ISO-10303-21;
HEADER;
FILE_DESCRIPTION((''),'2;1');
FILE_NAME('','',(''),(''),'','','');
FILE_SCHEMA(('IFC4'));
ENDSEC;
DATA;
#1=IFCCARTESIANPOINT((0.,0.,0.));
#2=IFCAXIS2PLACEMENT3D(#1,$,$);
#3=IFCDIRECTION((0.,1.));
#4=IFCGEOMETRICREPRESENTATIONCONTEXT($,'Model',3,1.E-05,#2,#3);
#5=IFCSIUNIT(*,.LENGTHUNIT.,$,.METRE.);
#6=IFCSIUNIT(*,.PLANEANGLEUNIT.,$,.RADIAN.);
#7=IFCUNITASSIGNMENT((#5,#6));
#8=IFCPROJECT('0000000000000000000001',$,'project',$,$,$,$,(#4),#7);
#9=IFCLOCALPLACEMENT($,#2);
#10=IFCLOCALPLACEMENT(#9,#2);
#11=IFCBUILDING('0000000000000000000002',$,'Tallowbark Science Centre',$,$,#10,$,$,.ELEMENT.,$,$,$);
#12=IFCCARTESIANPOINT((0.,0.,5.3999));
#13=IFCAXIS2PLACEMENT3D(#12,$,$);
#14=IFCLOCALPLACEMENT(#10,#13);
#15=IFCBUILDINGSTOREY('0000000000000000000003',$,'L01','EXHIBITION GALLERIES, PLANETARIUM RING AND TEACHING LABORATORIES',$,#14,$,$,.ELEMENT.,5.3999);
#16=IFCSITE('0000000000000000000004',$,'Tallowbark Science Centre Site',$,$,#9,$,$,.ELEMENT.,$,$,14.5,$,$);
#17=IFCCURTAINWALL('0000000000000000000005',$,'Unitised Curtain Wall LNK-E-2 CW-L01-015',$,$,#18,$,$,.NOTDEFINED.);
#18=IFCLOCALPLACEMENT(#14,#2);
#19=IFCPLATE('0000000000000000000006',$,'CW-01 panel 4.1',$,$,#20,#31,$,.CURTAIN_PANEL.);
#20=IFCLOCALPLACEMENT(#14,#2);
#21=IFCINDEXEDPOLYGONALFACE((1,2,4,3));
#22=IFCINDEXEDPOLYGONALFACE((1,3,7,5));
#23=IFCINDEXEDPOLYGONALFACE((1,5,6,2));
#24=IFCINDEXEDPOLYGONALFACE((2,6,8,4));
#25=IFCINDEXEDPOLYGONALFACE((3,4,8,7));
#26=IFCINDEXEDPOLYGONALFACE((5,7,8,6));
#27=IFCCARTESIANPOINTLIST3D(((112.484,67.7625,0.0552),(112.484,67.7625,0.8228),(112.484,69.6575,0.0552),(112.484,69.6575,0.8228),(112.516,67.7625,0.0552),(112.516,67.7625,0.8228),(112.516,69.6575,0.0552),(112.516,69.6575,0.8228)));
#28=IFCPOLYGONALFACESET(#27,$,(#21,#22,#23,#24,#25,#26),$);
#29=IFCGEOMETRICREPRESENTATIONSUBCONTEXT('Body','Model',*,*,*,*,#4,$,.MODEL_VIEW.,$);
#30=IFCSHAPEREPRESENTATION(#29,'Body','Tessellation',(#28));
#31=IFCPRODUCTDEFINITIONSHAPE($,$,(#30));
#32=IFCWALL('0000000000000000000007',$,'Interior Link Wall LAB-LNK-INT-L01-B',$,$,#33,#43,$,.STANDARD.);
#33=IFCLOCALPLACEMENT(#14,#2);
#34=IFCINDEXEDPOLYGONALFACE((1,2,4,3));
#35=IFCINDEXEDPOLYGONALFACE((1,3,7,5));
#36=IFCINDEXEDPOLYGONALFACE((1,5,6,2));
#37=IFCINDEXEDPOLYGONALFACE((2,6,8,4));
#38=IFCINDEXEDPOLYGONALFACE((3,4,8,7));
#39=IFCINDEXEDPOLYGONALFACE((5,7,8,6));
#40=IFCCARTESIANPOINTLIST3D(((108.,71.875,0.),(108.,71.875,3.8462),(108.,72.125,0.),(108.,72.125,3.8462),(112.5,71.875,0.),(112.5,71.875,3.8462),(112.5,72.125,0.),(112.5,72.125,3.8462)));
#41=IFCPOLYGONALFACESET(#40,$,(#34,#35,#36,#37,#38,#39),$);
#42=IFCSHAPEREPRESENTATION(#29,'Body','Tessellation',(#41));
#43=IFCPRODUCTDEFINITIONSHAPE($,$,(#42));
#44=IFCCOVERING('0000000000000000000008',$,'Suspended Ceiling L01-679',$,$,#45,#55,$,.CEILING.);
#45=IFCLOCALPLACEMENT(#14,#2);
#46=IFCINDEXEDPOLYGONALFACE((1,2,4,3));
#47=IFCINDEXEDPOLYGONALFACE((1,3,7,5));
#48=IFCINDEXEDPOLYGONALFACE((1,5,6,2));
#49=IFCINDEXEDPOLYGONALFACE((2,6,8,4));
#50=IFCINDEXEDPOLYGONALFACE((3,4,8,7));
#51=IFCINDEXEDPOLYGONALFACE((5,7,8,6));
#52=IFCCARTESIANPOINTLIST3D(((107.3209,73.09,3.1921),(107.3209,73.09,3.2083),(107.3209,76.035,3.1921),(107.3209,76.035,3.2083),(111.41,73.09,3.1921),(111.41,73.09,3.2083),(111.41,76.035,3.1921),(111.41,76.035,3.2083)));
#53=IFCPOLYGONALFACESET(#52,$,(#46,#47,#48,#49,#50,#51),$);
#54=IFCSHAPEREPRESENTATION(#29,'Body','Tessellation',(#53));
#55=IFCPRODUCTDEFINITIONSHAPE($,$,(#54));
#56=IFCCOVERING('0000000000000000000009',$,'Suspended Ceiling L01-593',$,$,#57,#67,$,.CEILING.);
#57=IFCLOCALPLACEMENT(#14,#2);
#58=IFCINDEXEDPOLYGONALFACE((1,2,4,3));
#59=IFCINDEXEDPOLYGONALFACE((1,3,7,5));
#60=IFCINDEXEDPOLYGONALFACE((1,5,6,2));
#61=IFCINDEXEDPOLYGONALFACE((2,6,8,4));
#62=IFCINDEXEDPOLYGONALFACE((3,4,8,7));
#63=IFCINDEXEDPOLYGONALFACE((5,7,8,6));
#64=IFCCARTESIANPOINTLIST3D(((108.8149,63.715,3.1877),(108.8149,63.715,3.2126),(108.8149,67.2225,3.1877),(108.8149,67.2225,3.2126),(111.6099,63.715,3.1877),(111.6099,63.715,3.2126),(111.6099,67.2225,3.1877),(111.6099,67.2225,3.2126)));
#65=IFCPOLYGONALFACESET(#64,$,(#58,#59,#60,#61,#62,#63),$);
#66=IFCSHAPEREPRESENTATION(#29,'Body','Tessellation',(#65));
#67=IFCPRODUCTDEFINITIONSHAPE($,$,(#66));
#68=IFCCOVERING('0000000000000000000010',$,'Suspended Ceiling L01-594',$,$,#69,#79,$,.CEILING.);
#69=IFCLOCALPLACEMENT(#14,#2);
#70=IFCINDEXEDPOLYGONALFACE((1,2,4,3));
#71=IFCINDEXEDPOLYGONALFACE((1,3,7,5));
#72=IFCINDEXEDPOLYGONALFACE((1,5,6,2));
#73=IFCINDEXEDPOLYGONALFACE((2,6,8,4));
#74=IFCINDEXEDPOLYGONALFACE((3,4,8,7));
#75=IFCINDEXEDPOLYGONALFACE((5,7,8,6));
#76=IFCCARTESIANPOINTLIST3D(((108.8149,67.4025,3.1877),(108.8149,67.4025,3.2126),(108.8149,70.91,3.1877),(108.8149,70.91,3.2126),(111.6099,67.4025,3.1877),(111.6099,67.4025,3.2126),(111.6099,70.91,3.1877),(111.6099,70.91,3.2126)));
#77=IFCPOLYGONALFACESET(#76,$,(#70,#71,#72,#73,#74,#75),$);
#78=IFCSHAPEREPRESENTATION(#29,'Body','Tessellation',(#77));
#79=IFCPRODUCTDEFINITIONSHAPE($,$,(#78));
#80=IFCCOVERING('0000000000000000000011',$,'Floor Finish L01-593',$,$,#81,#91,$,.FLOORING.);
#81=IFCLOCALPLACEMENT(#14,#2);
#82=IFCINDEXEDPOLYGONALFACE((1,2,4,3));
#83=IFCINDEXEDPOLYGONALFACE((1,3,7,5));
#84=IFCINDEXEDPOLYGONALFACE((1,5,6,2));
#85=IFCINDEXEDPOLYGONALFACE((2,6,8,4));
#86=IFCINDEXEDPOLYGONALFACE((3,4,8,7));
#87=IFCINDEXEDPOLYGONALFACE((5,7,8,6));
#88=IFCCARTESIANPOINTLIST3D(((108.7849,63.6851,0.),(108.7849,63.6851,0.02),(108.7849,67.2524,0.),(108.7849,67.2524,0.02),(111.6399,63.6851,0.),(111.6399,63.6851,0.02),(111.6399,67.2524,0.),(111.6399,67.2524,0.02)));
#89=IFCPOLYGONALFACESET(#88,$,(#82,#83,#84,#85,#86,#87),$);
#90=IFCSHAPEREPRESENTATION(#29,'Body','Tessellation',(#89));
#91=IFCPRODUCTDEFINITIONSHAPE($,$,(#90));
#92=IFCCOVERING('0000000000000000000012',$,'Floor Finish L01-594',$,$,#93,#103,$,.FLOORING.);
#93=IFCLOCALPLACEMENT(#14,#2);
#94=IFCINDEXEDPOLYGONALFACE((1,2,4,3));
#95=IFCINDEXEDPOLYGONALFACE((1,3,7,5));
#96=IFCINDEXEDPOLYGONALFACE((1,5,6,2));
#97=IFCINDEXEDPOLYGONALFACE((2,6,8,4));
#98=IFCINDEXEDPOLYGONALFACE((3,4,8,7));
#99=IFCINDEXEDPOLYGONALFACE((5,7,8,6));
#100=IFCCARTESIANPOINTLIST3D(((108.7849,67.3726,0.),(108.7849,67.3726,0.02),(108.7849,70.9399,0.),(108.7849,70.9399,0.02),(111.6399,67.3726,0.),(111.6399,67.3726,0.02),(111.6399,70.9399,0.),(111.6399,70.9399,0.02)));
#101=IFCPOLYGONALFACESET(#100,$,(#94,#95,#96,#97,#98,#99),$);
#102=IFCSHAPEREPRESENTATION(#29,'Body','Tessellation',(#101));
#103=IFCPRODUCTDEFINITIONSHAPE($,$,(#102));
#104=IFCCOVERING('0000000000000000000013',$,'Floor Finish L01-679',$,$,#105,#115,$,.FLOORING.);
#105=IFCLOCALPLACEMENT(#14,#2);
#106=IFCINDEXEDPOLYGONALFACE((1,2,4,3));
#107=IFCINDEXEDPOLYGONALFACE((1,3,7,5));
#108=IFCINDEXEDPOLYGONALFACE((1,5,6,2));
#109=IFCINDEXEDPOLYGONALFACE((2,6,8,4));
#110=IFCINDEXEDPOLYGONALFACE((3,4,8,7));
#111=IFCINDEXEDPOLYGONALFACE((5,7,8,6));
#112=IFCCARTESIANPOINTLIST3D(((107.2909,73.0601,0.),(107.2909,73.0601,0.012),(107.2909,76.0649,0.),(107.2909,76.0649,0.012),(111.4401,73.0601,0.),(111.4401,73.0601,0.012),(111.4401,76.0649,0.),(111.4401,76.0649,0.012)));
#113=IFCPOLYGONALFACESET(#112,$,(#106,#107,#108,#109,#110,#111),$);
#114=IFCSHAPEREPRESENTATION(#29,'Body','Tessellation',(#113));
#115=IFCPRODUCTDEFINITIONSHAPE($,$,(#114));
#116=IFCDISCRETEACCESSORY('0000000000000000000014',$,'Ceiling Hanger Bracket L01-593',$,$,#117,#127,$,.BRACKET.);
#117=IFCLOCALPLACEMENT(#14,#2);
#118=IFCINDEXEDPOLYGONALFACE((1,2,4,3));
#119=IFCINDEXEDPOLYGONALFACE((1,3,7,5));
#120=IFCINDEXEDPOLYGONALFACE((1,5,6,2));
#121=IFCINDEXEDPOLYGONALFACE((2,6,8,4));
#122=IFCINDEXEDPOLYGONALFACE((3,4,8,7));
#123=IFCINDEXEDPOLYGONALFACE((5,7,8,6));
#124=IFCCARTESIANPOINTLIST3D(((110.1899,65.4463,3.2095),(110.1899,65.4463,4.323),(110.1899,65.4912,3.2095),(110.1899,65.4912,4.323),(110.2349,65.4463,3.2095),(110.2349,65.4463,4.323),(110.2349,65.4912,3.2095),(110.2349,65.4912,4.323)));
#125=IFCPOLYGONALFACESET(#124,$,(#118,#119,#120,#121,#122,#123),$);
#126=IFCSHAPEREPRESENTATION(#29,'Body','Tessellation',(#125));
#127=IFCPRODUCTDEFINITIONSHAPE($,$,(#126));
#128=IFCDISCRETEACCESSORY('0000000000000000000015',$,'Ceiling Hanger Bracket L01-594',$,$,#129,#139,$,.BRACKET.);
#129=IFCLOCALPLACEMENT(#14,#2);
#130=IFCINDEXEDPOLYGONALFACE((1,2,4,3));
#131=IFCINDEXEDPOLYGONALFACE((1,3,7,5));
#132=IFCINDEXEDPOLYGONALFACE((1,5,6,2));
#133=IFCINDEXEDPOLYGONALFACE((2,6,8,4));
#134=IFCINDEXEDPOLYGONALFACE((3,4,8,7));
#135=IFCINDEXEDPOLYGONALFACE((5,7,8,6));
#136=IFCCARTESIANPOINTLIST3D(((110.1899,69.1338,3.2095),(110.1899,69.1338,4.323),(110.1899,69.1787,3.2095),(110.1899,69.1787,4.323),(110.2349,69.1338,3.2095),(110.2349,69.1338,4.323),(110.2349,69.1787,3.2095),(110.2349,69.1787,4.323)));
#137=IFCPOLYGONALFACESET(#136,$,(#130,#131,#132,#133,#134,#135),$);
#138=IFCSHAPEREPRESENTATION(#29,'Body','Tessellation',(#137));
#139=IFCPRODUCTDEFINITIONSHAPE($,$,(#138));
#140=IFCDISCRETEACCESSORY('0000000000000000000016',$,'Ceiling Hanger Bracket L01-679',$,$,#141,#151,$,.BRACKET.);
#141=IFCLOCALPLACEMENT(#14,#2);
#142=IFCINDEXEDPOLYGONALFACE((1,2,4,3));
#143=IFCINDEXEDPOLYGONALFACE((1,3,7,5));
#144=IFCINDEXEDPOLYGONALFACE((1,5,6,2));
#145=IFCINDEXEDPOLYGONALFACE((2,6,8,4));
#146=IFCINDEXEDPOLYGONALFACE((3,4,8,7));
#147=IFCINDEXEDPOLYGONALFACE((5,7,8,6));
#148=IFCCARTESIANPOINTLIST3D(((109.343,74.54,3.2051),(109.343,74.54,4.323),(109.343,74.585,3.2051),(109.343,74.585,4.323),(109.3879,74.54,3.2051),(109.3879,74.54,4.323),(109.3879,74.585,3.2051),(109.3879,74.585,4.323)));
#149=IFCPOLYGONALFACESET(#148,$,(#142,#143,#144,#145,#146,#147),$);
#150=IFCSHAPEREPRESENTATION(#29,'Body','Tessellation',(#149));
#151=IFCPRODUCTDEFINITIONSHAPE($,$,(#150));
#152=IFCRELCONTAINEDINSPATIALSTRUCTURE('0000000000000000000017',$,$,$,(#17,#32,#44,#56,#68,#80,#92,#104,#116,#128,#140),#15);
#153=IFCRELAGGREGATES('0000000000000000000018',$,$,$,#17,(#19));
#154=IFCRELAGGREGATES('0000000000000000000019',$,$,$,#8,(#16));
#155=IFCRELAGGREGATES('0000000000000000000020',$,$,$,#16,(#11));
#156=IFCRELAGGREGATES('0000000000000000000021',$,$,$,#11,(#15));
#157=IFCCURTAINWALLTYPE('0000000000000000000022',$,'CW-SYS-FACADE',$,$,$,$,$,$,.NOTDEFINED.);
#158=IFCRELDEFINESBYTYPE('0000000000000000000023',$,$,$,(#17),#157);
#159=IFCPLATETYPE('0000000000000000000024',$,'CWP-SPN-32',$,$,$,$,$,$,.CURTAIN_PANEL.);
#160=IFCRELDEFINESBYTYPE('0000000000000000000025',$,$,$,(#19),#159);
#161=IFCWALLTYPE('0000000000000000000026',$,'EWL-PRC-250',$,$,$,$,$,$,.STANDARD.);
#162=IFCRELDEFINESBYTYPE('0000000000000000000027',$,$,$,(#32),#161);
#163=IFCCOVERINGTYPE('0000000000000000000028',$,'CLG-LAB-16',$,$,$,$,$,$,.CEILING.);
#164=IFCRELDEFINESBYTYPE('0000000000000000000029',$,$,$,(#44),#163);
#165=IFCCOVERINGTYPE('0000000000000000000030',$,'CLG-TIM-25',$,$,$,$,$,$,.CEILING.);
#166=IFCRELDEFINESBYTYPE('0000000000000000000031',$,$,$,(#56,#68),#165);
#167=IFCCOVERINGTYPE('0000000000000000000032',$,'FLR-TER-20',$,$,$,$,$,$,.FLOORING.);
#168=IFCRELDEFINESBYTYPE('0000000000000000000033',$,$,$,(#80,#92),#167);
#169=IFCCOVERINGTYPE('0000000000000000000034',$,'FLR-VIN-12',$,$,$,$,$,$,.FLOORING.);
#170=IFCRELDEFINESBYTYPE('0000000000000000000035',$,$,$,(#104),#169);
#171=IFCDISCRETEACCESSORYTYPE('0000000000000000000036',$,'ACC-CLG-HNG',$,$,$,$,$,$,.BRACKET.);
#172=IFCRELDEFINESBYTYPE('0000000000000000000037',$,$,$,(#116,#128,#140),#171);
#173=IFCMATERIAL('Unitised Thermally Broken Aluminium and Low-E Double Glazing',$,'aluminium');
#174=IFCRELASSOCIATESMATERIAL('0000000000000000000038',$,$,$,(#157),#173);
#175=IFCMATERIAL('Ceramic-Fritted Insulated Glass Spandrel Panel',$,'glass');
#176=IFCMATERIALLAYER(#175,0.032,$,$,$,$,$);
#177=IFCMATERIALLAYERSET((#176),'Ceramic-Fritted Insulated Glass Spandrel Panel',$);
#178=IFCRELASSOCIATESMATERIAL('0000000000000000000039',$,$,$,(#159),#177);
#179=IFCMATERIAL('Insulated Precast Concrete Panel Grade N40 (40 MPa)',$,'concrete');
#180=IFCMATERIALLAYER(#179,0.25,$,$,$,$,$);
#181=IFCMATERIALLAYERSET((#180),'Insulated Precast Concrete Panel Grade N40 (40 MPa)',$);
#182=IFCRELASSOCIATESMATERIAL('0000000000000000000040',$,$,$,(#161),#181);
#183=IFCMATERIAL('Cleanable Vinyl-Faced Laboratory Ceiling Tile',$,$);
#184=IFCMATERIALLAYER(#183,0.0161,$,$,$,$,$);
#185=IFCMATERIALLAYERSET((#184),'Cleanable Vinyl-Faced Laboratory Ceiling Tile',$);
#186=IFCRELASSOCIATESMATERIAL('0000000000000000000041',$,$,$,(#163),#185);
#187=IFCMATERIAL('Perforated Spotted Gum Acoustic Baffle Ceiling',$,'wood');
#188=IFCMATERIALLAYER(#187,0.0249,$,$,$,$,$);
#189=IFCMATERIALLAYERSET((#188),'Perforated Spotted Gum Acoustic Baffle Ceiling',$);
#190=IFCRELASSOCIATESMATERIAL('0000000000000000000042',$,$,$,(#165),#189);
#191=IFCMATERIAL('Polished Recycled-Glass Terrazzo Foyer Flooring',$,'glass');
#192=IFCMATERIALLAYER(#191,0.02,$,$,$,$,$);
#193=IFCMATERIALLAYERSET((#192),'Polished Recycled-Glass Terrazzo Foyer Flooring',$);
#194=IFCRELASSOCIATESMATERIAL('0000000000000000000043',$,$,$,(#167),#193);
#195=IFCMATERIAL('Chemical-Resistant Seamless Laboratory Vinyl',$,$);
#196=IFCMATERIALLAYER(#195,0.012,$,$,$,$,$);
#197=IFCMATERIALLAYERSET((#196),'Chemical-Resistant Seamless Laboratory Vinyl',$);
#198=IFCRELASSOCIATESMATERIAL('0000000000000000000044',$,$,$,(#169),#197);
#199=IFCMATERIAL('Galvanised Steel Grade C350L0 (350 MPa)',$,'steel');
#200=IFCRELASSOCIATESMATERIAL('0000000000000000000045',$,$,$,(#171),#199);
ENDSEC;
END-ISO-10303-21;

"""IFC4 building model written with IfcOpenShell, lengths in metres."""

from ifc_helpers import new_model, si_unit, direction, frame, frame_2d, origin, origin_2d, place, context, subcontext, project, spatial, rectangle, extrude, material, layer, layer_set, type_object, element, aggregate, save


model = new_model("IFC4")

# Units and contexts
model_context = context("Model", 3, precision=1e-05, world=origin(), true_north=direction((0.0, 1.0)))
body_context = subcontext(model_context, "Body", "Model", "MODEL_VIEW")
ifc_project = project(units=[si_unit("LENGTHUNIT", "METRE"), si_unit("PLANEANGLEUNIT", "RADIAN")], contexts=[model_context])

# Site, building, storey
site_placement = place(None, origin())
site = spatial("IfcSite", under=ifc_project, at=site_placement, Name="Tallowbark Science Centre Site", CompositionType="ELEMENT", RefElevation=14.5)
building_placement = place(site_placement, origin())
building = spatial("IfcBuilding", under=site, at=building_placement, Name="Tallowbark Science Centre", CompositionType="ELEMENT")
storey_placement = place(building_placement, frame((0.0, 0.0, 5.3999)))
storey = spatial("IfcBuildingStorey", under=building, at=storey_placement, Name="L01", Description="EXHIBITION GALLERIES, PLANETARIUM RING AND TEACHING LABORATORIES", CompositionType="ELEMENT", Elevation=5.3999)

# Curtain wall
ifc_material_1 = material(Name="Unitised Thermally Broken Aluminium and Low-E Double Glazing", Category="aluminium")
curtain_wall_type = type_object("IfcCurtainWallType", Name="CW-SYS-FACADE", PredefinedType="NOTDEFINED", material=ifc_material_1)
curtain_wall_placement = place(storey_placement, origin())
curtain_wall = element("IfcCurtainWall", 1, at=curtain_wall_placement, inside=storey, type_object=curtain_wall_type, Name="Unitised Curtain Wall LNK-E-2 CW-L01-015", PredefinedType="NOTDEFINED")

# Plate
ifc_material_2 = material(Name="Ceramic-Fritted Insulated Glass Spandrel Panel", Category="glass")
ifc_layer_1 = layer(ifc_material_2, 0.032)
ifc_layer_set_1 = layer_set([ifc_layer_1], Name="Ceramic-Fritted Insulated Glass Spandrel Panel")
plate_type = type_object("IfcPlateType", Name="CWP-SPN-32", PredefinedType="CURTAIN_PANEL", material=ifc_layer_set_1)
plate_1_placement = place(storey_placement, frame((112.5, 68.71, 0.0552), z_axis=(0.0, 0.0, 1.0), x_axis=(0.0, 1.0, 0.0)))
plate_1 = element("IfcPlate", 2, at=plate_1_placement, type_object=plate_type, Name="CW-01 panel 4.1", PredefinedType="CURTAIN_PANEL", context=body_context, shape_type="SweptSolid", body=[
    extrude(rectangle(XDim=1.895, YDim=0.032, at=origin_2d()), origin(), (0.0, 0.0, 1.0), 0.7676),
])
aggregate(curtain_wall, [plate_1])

# Wall
ifc_material_3 = material(Name="Insulated Precast Concrete Panel Grade N40 (40 MPa)", Category="concrete")
ifc_layer_2 = layer(ifc_material_3, 0.25)
ifc_layer_set_2 = layer_set([ifc_layer_2], Name="Insulated Precast Concrete Panel Grade N40 (40 MPa)")
wall_type = type_object("IfcWallType", Name="EWL-PRC-250", PredefinedType="STANDARD", material=ifc_layer_set_2)
wall_placement = place(storey_placement, frame((108.0, 72.0, 0.0), z_axis=(0.0, 0.0, 1.0), x_axis=(1.0, 0.0, 0.0)))
element("IfcWall", 3, at=wall_placement, inside=storey, type_object=wall_type, Name="Interior Link Wall LAB-LNK-INT-L01-B", PredefinedType="STANDARD", context=body_context, shape_type="SweptSolid", body=[
    extrude(rectangle(XDim=4.5, YDim=0.25, at=frame_2d((2.25, 0.0))), origin(), (0.0, 0.0, 1.0), 3.8462),
])

# Coverings
ifc_material_4 = material(Name="Cleanable Vinyl-Faced Laboratory Ceiling Tile")
ifc_layer_3 = layer(ifc_material_4, 0.0161)
ifc_layer_set_3 = layer_set([ifc_layer_3], Name="Cleanable Vinyl-Faced Laboratory Ceiling Tile")
covering_type_1 = type_object("IfcCoveringType", Name="CLG-LAB-16", PredefinedType="CEILING", material=ifc_layer_set_3)
covering_1_placement = place(storey_placement, frame((109.3655, 74.5625, 3.1921), z_axis=(0.0, 0.0, 1.0), x_axis=(1.0, 0.0, 0.0)))
element("IfcCovering", 4, at=covering_1_placement, inside=storey, type_object=covering_type_1, Name="Suspended Ceiling L01-679", PredefinedType="CEILING", context=body_context, shape_type="SweptSolid", body=[
    extrude(rectangle(XDim=4.0891, YDim=2.9451, at=origin_2d()), origin(), (0.0, 0.0, 1.0), 0.0161),
])
ifc_material_5 = material(Name="Perforated Spotted Gum Acoustic Baffle Ceiling", Category="wood")
ifc_layer_4 = layer(ifc_material_5, 0.0249)
ifc_layer_set_4 = layer_set([ifc_layer_4], Name="Perforated Spotted Gum Acoustic Baffle Ceiling")
covering_type_2 = type_object("IfcCoveringType", Name="CLG-TIM-25", PredefinedType="CEILING", material=ifc_layer_set_4)
for number, where, z_axis, x_axis, name in (
    (5, (110.2124, 65.4688, 3.1877), (0.0, 0.0, 1.0), (1.0, 0.0, 0.0), "Suspended Ceiling L01-593"),
    (6, (110.2124, 69.1562, 3.1877), (0.0, 0.0, 1.0), (1.0, 0.0, 0.0), "Suspended Ceiling L01-594"),
):
    element("IfcCovering", number, at=place(storey_placement, frame(where, z_axis=z_axis, x_axis=x_axis)), inside=storey, type_object=covering_type_2, Name=name, PredefinedType="CEILING", context=body_context, shape_type="SweptSolid", body=[
        extrude(rectangle(XDim=2.7949, YDim=3.5076, at=origin_2d()), origin(), (0.0, 0.0, 1.0), 0.0249),
    ])
ifc_material_6 = material(Name="Polished Recycled-Glass Terrazzo Foyer Flooring", Category="glass")
ifc_layer_5 = layer(ifc_material_6, 0.02)
ifc_layer_set_5 = layer_set([ifc_layer_5], Name="Polished Recycled-Glass Terrazzo Foyer Flooring")
covering_type_3 = type_object("IfcCoveringType", Name="FLR-TER-20", PredefinedType="FLOORING", material=ifc_layer_set_5)
for number, where, z_axis, x_axis, name in (
    (7, (110.2124, 65.4688, 0.0), (0.0, 0.0, 1.0), (1.0, 0.0, 0.0), "Floor Finish L01-593"),
    (8, (110.2124, 69.1562, 0.0), (0.0, 0.0, 1.0), (1.0, 0.0, 0.0), "Floor Finish L01-594"),
):
    element("IfcCovering", number, at=place(storey_placement, frame(where, z_axis=z_axis, x_axis=x_axis)), inside=storey, type_object=covering_type_3, Name=name, PredefinedType="FLOORING", context=body_context, shape_type="SweptSolid", body=[
        extrude(rectangle(XDim=2.855, YDim=3.5674, at=origin_2d()), origin(), (0.0, 0.0, 1.0), 0.02),
    ])
ifc_material_7 = material(Name="Chemical-Resistant Seamless Laboratory Vinyl")
ifc_layer_6 = layer(ifc_material_7, 0.012)
ifc_layer_set_6 = layer_set([ifc_layer_6], Name="Chemical-Resistant Seamless Laboratory Vinyl")
covering_type_4 = type_object("IfcCoveringType", Name="FLR-VIN-12", PredefinedType="FLOORING", material=ifc_layer_set_6)
covering_2_placement = place(storey_placement, frame((109.3655, 74.5625, 0.0), z_axis=(0.0, 0.0, 1.0), x_axis=(1.0, 0.0, 0.0)))
element("IfcCovering", 9, at=covering_2_placement, inside=storey, type_object=covering_type_4, Name="Floor Finish L01-679", PredefinedType="FLOORING", context=body_context, shape_type="SweptSolid", body=[
    extrude(rectangle(XDim=4.1492, YDim=3.0049, at=origin_2d()), origin(), (0.0, 0.0, 1.0), 0.012),
])

# Discrete accessories
ifc_material_8 = material(Name="Galvanised Steel Grade C350L0 (350 MPa)", Category="steel")
discrete_accessory_type = type_object("IfcDiscreteAccessoryType", Name="ACC-CLG-HNG", PredefinedType="BRACKET", material=ifc_material_8)
for number, where, z_axis, x_axis, name in (
    (10, (110.2124, 65.4688, 3.2095), (0.0, 0.0, 1.0), (1.0, 0.0, 0.0), "Ceiling Hanger Bracket L01-593"),
    (11, (110.2124, 69.1562, 3.2095), (0.0, 0.0, 1.0), (1.0, 0.0, 0.0), "Ceiling Hanger Bracket L01-594"),
):
    element("IfcDiscreteAccessory", number, at=place(storey_placement, frame(where, z_axis=z_axis, x_axis=x_axis)), inside=storey, type_object=discrete_accessory_type, Name=name, PredefinedType="BRACKET", context=body_context, shape_type="SweptSolid", body=[
        extrude(rectangle(XDim=0.0449, YDim=0.0449, at=origin_2d()), origin(), (0.0, 0.0, 1.0), 1.1135),
    ])
discrete_accessory_placement = place(storey_placement, frame((109.3655, 74.5625, 3.2051), z_axis=(0.0, 0.0, 1.0), x_axis=(1.0, 0.0, 0.0)))
element("IfcDiscreteAccessory", 12, at=discrete_accessory_placement, inside=storey, type_object=discrete_accessory_type, Name="Ceiling Hanger Bracket L01-679", PredefinedType="BRACKET", context=body_context, shape_type="SweptSolid", body=[
    extrude(rectangle(XDim=0.0449, YDim=0.0449, at=origin_2d()), origin(), (0.0, 0.0, 1.0), 1.1179),
])

save(model, "model.ifc")
